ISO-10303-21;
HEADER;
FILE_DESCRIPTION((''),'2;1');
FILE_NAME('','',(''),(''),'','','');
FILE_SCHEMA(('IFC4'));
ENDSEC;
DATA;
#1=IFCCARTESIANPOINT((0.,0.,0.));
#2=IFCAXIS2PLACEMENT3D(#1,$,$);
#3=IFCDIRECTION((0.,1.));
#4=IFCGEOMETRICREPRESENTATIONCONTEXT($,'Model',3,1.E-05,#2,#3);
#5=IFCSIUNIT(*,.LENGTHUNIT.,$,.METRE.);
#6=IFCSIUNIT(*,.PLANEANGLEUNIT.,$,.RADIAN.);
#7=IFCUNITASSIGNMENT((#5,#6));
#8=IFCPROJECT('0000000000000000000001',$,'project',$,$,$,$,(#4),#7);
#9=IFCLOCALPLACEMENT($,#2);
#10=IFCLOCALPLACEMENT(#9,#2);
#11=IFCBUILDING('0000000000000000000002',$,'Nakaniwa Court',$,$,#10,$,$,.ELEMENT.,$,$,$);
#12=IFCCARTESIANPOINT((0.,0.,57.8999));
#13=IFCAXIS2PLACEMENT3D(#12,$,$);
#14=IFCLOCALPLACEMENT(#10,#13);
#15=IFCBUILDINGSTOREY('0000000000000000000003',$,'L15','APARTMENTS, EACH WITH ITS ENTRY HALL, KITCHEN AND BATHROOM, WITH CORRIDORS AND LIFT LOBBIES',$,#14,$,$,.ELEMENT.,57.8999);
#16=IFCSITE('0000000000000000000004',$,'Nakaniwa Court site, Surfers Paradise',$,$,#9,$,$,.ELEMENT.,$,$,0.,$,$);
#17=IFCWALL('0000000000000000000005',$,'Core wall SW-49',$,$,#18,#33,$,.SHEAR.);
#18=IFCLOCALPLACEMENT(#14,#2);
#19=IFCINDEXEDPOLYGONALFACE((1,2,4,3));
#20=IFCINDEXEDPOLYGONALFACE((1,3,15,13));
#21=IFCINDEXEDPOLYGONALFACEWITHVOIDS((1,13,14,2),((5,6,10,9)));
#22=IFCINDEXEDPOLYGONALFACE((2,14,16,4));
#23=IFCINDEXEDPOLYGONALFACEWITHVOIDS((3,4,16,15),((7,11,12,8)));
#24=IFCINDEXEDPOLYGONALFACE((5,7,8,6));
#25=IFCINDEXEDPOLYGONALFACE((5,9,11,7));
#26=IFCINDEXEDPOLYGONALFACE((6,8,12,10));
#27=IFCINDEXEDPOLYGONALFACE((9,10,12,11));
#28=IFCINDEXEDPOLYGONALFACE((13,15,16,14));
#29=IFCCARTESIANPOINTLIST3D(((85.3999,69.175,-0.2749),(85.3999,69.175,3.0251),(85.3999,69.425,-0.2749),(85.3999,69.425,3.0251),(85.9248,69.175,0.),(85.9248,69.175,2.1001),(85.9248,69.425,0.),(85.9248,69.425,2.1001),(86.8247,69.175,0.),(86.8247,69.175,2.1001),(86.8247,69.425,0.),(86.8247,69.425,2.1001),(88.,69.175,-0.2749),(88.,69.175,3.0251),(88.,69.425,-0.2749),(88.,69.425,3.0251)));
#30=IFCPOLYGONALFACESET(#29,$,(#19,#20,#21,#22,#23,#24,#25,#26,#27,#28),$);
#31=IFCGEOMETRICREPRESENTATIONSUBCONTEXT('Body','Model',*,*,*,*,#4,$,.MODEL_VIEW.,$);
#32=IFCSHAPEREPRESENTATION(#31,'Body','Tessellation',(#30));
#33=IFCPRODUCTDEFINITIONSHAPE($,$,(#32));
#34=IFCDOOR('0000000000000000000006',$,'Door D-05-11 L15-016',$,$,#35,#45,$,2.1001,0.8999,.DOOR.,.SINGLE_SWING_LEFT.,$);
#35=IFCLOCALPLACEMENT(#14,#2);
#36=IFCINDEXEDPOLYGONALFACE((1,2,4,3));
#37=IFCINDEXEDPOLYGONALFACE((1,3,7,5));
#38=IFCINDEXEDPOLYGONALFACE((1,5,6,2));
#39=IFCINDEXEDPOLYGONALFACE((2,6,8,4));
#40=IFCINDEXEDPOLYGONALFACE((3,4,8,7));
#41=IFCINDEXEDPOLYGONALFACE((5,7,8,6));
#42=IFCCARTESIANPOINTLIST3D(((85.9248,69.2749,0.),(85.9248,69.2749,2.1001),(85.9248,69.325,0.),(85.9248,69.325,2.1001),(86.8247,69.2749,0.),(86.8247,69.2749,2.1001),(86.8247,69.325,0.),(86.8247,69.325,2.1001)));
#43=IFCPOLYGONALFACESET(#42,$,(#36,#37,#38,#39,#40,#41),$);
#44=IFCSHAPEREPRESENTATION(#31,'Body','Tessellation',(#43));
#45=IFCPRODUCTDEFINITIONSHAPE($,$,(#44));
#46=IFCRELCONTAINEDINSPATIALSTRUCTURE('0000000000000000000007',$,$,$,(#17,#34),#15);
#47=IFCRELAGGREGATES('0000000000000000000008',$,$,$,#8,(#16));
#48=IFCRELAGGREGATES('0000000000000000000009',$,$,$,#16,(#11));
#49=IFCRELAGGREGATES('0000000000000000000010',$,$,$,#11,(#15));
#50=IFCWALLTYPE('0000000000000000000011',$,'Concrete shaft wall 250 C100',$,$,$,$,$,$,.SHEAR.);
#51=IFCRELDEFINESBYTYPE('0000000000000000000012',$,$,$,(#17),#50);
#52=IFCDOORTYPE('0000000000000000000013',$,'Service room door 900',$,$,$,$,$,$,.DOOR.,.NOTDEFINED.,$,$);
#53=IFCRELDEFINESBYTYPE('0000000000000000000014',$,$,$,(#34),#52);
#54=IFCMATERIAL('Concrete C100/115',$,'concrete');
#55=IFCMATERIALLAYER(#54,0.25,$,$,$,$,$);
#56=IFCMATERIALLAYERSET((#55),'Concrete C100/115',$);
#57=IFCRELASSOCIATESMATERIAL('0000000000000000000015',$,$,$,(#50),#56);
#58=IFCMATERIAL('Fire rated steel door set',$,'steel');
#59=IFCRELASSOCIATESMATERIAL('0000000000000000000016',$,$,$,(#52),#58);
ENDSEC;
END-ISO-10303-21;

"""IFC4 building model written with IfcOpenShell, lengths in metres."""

from ifc_helpers import new_model, si_unit, direction, frame, frame_2d, origin, place, context, subcontext, project, spatial, rectangle, extrude, material, layer, layer_set, type_object, element, fill, save


model = new_model("IFC4")

# Units and contexts
model_context = context("Model", 3, precision=1e-05, world=origin(), true_north=direction((0.0, 1.0)))
body_context = subcontext(model_context, "Body", "Model", "MODEL_VIEW")
ifc_project = project(units=[si_unit("LENGTHUNIT", "METRE"), si_unit("PLANEANGLEUNIT", "RADIAN")], contexts=[model_context])

# Site, building, storey
site_placement = place(None, origin())
site = spatial("IfcSite", under=ifc_project, at=site_placement, Name="Nakaniwa Court site, Surfers Paradise", CompositionType="ELEMENT", RefElevation=0.0)
building_placement = place(site_placement, origin())
building = spatial("IfcBuilding", under=site, at=building_placement, Name="Nakaniwa Court", CompositionType="ELEMENT")
storey_placement = place(building_placement, frame((0.0, 0.0, 57.8999)))
storey = spatial("IfcBuildingStorey", under=building, at=storey_placement, Name="L15", Description="APARTMENTS, EACH WITH ITS ENTRY HALL, KITCHEN AND BATHROOM, WITH CORRIDORS AND LIFT LOBBIES", CompositionType="ELEMENT", Elevation=57.8999)

# Shared definitions
ifc_material_1 = material(Name="Concrete C100/115", Category="concrete")

# Shared definitions
ifc_material_2 = material(Name="Fire rated steel door set", Category="steel")

# Shared definitions
ifc_layer_1 = layer(ifc_material_1, 0.25)
ifc_layer_set_1 = layer_set([ifc_layer_1], Name="Concrete C100/115")
wall_type_1 = type_object("IfcWallType", Name="Concrete shaft wall 250 C100", PredefinedType="SHEAR", material=ifc_layer_set_1)

# Wall, opening, door
wall_1_placement = place(storey_placement, frame((85.3999, 69.3, -0.2749), z_axis=(0.0, 0.0, 1.0), x_axis=(1.0, 0.0, 0.0)))
wall_1 = element("IfcWall", 1, at=wall_1_placement, inside=storey, type_object=wall_type_1, Name="Core wall SW-49", PredefinedType="SHEAR", context=body_context, shape_type="SweptSolid", body=[
    extrude(rectangle(XDim=2.6001, YDim=0.25, at=frame_2d((1.3, 0.0))), origin(), (0.0, 0.0, 1.0), 3.3),
])
opening_1_placement = place(wall_1_placement, frame((0.5249, 0.0, 0.2749)))
opening_1 = element("IfcOpeningElement", 2, at=opening_1_placement, cuts=wall_1, PredefinedType="OPENING", context=body_context, shape_type="SweptSolid", body=[
    extrude(rectangle(XDim=0.8999, YDim=2.1001, at=frame_2d((0.45, 1.05))), frame((0.0, 0.135, 0.0), z_axis=(0.0, -1.0, 0.0), x_axis=(1.0, 0.0, 0.0)), (0.0, 0.0, 1.0), 0.27),
])
door_type_1 = type_object("IfcDoorType", Name="Service room door 900", OperationType="NOTDEFINED", PredefinedType="DOOR", material=ifc_material_2)
door_1_placement = place(opening_1_placement, origin())
door_1 = element("IfcDoor", 3, at=door_1_placement, inside=storey, type_object=door_type_1, Name="Door D-05-11 L15-016", OperationType="SINGLE_SWING_LEFT", OverallHeight=2.1001, OverallWidth=0.8999, PredefinedType="DOOR", context=body_context, shape_type="SweptSolid", body=[
    extrude(rectangle(XDim=0.8999, YDim=2.1001, at=frame_2d((0.45, 1.05))), frame((0.0, 0.0249, 0.0), z_axis=(0.0, -1.0, 0.0), x_axis=(1.0, 0.0, 0.0)), (0.0, 0.0, 1.0), 0.05),
])
fill(opening_1, door_1)

save(model, "model.ifc")
